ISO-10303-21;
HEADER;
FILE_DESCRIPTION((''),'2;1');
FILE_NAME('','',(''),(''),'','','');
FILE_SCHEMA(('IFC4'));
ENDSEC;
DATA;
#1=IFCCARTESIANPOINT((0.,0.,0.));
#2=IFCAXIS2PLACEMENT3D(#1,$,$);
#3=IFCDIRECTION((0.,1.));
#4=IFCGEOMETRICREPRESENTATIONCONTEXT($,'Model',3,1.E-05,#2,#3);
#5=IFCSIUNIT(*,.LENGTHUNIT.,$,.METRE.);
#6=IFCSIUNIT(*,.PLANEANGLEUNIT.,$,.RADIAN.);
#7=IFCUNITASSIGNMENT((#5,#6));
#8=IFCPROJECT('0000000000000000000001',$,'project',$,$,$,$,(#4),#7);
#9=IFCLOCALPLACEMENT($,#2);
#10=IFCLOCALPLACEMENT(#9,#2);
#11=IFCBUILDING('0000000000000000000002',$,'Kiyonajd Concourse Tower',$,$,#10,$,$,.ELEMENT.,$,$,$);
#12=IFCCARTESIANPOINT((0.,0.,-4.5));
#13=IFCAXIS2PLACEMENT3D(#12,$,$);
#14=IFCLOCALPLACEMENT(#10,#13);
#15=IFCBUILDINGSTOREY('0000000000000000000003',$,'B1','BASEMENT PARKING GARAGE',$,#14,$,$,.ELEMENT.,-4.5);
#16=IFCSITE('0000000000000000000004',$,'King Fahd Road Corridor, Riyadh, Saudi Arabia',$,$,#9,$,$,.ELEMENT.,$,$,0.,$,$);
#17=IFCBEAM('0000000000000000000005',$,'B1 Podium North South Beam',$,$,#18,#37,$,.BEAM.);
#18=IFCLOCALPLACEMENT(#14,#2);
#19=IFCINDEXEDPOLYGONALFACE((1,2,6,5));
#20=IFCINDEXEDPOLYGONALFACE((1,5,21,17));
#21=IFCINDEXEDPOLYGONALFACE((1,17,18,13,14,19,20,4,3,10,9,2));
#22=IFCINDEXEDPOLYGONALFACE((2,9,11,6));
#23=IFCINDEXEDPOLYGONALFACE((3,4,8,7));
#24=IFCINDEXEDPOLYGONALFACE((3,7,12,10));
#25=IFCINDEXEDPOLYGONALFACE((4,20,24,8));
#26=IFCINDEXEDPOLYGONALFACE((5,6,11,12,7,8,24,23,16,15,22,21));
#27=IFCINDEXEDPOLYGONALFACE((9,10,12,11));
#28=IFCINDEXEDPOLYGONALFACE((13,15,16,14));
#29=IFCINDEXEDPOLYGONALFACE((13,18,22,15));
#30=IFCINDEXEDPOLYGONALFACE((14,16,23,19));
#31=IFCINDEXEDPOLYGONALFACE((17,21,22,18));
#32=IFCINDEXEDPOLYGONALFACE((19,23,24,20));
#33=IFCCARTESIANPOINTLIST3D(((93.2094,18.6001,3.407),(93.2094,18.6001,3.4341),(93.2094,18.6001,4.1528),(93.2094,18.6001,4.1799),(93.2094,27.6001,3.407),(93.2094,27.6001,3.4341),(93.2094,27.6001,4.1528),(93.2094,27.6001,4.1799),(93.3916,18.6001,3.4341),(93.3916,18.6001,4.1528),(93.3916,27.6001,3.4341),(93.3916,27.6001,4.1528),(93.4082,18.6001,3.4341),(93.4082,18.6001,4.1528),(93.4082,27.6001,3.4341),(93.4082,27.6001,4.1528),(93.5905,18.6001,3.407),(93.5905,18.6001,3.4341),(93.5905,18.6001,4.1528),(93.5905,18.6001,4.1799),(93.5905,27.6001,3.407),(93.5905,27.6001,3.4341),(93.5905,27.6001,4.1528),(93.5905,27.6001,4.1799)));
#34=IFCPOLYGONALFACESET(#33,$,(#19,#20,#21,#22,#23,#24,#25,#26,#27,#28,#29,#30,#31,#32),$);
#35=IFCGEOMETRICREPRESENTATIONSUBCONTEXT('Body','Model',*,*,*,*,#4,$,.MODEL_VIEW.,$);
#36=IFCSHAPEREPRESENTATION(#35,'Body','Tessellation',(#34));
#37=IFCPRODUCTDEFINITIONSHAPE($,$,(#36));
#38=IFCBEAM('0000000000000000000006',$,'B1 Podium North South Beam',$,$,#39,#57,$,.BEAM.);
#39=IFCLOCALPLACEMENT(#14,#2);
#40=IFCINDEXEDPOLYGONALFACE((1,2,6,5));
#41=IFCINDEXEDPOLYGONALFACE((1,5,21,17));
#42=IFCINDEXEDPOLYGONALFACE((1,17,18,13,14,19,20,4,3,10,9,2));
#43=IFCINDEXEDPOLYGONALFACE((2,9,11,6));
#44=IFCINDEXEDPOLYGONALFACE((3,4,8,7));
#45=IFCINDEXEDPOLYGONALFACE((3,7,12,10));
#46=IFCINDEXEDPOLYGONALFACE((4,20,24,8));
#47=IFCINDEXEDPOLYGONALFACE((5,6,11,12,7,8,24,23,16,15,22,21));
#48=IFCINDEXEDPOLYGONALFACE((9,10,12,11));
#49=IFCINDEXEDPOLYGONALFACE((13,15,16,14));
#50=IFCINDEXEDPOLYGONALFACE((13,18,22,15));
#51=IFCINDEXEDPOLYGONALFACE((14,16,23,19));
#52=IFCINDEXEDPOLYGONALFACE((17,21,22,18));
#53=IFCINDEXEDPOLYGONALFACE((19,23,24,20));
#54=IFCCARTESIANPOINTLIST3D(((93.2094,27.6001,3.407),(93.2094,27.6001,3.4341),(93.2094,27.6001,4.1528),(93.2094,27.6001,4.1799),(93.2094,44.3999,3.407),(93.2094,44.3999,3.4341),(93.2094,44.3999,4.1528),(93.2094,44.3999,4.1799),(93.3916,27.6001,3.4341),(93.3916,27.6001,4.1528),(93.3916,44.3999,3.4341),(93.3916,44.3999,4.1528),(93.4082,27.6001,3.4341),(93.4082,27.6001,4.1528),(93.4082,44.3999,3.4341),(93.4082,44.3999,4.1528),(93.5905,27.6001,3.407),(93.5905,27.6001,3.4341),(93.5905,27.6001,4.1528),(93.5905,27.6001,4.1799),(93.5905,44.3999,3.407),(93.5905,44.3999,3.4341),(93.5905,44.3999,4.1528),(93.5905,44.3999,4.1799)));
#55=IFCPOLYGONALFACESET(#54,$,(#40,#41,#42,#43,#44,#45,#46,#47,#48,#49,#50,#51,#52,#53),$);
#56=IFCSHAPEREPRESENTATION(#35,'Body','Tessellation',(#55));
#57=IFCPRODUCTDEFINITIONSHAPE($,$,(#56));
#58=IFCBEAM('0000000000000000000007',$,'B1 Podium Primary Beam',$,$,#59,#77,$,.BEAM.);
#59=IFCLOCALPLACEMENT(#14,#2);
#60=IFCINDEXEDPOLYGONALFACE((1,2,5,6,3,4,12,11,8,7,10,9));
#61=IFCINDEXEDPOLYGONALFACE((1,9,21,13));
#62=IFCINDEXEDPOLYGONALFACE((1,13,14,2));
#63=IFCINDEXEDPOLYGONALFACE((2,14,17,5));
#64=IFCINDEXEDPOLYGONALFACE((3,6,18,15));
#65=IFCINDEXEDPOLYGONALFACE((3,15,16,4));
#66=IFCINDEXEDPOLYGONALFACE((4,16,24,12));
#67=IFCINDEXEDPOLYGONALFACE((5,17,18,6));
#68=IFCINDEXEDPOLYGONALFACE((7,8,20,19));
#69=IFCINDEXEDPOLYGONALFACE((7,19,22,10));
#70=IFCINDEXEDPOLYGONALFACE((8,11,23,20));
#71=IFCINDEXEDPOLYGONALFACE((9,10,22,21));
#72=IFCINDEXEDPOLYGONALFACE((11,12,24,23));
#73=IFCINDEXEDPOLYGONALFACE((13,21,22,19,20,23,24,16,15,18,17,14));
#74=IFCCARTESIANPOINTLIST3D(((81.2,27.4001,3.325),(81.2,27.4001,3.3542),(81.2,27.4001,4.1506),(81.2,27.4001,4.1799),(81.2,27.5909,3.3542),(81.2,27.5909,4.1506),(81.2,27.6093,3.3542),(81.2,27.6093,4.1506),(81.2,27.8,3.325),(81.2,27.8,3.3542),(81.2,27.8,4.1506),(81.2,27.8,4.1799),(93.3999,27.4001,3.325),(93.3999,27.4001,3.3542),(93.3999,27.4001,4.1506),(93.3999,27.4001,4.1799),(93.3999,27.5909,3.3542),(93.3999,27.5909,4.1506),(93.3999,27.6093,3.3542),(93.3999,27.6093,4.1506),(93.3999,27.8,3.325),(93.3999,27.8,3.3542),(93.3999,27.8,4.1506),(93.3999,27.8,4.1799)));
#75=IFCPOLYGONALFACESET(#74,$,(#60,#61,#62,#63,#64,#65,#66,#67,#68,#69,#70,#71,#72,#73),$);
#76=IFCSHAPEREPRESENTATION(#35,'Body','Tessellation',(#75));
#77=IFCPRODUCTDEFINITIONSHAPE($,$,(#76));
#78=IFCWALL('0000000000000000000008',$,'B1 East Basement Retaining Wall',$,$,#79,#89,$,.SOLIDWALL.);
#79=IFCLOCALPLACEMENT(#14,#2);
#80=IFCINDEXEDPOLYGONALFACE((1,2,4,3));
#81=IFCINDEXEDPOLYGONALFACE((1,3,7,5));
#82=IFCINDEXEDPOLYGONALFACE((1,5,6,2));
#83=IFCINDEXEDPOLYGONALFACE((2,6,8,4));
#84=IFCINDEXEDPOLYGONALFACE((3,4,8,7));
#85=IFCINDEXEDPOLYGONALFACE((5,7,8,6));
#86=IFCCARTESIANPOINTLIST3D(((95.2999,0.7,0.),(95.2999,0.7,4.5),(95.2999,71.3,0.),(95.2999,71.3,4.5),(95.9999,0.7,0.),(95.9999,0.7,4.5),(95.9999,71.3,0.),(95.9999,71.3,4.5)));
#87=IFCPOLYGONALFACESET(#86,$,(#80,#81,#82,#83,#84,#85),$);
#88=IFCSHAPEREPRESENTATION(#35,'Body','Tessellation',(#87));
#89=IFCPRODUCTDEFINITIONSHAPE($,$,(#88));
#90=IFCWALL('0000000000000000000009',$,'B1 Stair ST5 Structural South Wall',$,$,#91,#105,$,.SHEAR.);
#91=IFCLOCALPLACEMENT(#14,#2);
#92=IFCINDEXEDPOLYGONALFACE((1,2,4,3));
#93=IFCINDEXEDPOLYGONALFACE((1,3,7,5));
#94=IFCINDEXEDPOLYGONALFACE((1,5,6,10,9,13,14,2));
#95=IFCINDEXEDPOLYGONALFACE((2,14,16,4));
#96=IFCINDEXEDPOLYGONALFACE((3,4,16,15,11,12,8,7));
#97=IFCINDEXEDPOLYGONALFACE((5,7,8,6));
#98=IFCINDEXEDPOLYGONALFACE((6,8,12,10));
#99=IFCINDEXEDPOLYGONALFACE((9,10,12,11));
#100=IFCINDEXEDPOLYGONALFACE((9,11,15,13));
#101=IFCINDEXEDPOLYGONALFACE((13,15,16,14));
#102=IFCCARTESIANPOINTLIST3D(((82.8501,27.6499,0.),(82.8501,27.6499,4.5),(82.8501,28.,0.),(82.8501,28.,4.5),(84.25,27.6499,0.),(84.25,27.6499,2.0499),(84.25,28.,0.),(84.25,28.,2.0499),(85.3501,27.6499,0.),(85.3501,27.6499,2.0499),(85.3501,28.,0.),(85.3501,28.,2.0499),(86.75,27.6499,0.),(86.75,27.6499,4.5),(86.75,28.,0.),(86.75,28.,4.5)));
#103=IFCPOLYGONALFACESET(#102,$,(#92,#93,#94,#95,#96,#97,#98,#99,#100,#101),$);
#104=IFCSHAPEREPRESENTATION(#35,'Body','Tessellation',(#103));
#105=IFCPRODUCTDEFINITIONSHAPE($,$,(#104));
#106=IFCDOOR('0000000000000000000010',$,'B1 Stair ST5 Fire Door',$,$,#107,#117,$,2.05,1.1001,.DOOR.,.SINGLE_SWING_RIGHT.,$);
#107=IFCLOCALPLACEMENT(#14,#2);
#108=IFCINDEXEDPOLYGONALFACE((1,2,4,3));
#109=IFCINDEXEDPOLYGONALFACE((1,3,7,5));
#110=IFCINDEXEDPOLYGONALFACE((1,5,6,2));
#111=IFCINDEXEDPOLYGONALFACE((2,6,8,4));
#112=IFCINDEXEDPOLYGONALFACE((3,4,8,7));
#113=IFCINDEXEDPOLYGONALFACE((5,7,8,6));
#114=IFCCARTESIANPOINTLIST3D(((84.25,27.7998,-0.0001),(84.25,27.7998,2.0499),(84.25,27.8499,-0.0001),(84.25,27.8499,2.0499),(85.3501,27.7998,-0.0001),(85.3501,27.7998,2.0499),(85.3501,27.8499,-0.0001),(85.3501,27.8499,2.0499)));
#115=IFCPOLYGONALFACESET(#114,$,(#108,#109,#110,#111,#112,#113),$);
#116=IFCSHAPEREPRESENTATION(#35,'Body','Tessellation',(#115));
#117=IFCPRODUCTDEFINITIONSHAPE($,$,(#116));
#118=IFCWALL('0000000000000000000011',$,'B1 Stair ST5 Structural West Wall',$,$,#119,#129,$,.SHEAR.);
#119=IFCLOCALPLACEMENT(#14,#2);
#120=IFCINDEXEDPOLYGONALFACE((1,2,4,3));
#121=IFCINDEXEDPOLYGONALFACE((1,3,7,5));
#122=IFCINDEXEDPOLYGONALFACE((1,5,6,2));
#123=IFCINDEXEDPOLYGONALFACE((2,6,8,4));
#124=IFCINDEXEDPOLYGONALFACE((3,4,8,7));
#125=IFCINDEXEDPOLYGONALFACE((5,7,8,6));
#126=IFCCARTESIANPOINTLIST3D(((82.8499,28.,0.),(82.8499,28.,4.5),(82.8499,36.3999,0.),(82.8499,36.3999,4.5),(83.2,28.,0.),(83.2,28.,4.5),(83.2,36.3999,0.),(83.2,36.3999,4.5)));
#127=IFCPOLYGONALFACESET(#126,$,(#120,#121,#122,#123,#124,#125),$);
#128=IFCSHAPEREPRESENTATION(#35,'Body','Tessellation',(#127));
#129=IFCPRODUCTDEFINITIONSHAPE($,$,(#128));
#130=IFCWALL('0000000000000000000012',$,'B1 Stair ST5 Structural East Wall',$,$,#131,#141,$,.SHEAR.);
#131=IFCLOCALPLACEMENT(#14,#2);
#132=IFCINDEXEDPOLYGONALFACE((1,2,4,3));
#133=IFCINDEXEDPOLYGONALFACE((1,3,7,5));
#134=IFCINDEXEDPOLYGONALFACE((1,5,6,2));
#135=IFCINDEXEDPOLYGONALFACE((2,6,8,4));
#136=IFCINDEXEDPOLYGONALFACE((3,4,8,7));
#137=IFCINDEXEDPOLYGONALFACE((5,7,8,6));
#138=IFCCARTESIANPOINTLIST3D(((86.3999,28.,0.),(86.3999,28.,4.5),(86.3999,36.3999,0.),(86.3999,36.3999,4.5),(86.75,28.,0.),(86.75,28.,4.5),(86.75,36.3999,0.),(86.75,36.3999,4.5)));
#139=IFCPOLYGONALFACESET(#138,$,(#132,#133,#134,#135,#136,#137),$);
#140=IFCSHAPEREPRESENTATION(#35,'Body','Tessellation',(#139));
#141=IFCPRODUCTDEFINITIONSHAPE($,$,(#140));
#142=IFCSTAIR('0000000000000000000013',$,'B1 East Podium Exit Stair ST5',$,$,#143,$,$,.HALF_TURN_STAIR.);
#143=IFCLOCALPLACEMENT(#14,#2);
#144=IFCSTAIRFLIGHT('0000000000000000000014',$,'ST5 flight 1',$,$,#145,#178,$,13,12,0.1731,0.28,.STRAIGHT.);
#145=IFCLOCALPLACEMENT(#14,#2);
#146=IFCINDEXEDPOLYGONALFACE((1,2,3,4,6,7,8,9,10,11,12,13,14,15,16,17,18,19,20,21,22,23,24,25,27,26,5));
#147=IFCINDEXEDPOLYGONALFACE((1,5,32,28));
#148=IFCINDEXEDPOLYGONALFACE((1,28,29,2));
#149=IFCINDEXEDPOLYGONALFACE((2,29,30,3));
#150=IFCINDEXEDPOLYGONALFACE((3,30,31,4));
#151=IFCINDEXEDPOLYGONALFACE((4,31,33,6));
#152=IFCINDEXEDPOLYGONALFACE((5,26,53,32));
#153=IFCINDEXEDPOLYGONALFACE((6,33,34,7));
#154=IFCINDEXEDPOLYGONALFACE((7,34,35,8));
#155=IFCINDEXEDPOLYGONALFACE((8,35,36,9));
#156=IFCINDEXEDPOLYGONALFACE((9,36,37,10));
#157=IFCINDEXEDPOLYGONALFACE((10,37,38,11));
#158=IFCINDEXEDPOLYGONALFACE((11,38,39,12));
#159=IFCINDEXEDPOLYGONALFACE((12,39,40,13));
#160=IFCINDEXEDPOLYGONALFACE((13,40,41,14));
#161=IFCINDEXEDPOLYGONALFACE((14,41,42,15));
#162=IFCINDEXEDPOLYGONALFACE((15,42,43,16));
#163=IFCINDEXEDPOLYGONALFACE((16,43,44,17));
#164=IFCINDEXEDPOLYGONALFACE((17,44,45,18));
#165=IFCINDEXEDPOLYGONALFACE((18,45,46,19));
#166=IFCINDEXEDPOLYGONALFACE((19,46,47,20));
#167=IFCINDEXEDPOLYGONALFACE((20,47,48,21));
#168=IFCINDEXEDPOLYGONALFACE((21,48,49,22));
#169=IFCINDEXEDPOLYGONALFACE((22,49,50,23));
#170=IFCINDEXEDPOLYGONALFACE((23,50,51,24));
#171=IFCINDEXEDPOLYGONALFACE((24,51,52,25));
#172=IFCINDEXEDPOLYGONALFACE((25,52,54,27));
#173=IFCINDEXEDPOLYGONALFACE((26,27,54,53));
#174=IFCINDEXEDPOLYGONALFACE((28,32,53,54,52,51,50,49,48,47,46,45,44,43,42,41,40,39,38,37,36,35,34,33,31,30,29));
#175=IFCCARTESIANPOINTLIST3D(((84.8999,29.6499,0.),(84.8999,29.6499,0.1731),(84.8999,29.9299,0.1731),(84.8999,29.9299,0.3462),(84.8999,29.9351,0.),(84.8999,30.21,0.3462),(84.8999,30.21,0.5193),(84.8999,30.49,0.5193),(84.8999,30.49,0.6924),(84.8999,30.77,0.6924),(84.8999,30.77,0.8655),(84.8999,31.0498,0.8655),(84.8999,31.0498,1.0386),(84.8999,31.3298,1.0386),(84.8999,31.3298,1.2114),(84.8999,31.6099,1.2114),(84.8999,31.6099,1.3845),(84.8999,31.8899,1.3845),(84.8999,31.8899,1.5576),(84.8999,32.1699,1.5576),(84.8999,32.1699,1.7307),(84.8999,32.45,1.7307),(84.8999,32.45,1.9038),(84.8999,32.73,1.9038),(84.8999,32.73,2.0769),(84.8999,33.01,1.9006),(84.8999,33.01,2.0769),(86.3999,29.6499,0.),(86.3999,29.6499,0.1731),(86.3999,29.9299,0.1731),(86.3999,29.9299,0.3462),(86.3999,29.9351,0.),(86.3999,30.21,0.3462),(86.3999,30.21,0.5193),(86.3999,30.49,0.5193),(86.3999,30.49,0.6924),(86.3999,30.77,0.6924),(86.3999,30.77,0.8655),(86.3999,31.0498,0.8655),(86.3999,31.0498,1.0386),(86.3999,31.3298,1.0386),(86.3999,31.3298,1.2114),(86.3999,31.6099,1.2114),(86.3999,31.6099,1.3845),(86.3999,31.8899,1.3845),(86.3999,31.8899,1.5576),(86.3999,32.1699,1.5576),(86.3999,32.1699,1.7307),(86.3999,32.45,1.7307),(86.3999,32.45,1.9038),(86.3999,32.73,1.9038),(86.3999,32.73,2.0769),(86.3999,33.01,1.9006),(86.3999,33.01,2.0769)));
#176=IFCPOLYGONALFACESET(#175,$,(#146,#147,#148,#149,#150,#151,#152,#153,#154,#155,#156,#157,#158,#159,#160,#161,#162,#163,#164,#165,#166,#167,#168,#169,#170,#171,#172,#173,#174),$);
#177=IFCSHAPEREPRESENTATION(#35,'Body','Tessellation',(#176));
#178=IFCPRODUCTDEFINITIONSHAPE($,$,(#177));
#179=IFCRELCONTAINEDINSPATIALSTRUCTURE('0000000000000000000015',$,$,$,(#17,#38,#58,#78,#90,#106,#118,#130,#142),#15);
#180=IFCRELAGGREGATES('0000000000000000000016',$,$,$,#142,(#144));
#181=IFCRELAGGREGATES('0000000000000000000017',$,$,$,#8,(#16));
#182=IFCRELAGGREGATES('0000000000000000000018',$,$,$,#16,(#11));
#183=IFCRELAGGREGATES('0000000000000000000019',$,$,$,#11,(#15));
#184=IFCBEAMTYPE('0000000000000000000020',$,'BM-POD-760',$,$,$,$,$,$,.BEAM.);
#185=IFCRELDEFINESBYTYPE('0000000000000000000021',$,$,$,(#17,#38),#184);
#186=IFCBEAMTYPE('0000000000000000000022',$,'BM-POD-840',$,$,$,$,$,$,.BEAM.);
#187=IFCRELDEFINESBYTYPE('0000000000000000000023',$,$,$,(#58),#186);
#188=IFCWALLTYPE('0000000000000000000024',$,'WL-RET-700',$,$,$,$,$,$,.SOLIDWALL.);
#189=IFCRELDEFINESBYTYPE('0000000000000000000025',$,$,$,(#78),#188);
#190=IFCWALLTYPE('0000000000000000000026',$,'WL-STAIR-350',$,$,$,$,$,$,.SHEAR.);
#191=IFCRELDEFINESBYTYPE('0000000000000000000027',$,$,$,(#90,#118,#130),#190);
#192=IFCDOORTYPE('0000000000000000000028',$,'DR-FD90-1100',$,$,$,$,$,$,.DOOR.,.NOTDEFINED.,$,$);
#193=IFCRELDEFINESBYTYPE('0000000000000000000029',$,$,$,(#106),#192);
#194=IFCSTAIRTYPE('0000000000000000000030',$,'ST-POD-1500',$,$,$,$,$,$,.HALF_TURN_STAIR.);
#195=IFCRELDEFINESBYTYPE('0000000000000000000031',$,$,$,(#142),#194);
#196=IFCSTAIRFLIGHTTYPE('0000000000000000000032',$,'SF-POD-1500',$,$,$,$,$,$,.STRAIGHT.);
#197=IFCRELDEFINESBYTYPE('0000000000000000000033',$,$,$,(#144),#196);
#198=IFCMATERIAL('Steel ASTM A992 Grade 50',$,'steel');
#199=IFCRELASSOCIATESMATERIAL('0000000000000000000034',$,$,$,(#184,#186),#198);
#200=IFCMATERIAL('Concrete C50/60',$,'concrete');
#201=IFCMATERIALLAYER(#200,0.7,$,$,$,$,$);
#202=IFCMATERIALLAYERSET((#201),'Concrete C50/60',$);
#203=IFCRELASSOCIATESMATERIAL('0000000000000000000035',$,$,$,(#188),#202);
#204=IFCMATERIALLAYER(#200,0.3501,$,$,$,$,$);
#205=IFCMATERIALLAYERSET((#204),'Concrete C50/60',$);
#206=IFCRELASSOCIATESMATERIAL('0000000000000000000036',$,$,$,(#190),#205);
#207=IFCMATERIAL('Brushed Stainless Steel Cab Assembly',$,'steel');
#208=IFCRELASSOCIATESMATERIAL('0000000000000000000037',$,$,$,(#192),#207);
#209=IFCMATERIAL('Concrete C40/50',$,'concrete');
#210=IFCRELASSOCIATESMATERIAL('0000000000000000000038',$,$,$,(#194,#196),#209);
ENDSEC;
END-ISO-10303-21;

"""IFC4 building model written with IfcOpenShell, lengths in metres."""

from ifc_helpers import new_model, si_unit, direction, frame, frame_2d, origin, origin_2d, place, context, subcontext, project, spatial, polyline, rectangle, i_section, outline, extrude, material, layer, layer_set, material_profile, profile_set, type_object, element, fill, aggregate, save


model = new_model("IFC4")

# Units and contexts
model_context = context("Model", 3, precision=1e-05, world=origin(), true_north=direction((0.0, 1.0)))
body_context = subcontext(model_context, "Body", "Model", "MODEL_VIEW")
ifc_project = project(units=[si_unit("LENGTHUNIT", "METRE"), si_unit("PLANEANGLEUNIT", "RADIAN")], contexts=[model_context])

# Site, building, storey
site_placement = place(None, origin())
site = spatial("IfcSite", under=ifc_project, at=site_placement, Name="King Fahd Road Corridor, Riyadh, Saudi Arabia", CompositionType="ELEMENT", RefElevation=0.0)
building_placement = place(site_placement, origin())
building = spatial("IfcBuilding", under=site, at=building_placement, Name="Kiyonajd Concourse Tower", CompositionType="ELEMENT")
storey_placement = place(building_placement, frame((0.0, 0.0, -4.5)))
storey = spatial("IfcBuildingStorey", under=building, at=storey_placement, Name="B1", Description="BASEMENT PARKING GARAGE", CompositionType="ELEMENT", Elevation=-4.5)

# Beams
ifc_material_1 = material(Name="Concrete C50/60", Category="concrete")
ifc_material_2 = material(Name="Steel ASTM A992 Grade 50", Category="steel")
ifc_material_profile_1 = material_profile(ifc_material_2, i_section(OverallWidth=0.3811, OverallDepth=0.7729, WebThickness=0.0166, FlangeThickness=0.0271, at=origin_2d()), Name="W760X257")
ifc_profile_set_1 = profile_set([ifc_material_profile_1], Name="Steel ASTM A992 Grade 50")
beam_type_1 = type_object("IfcBeamType", Name="BM-POD-760", PredefinedType="BEAM", material=ifc_profile_set_1)
for number, where, z_axis, x_axis, name in (
    (1, (93.3999, 18.6001, 3.7935), (0.0, 1.0, 0.0), (-1.0, 0.0, 0.0), "B1 Podium North South Beam"),
):
    element("IfcBeam", number, at=place(storey_placement, frame(where, z_axis=z_axis, x_axis=x_axis)), inside=storey, type_object=beam_type_1, Name=name, PredefinedType="BEAM", context=body_context, shape_type="SweptSolid", body=[
        extrude(i_section(OverallWidth=0.3811, OverallDepth=0.7729, WebThickness=0.0166, FlangeThickness=0.0271, at=origin_2d()), origin(), (0.0, 0.0, 1.0), 9.0),
    ])
beam_1_placement = place(storey_placement, frame((93.3999, 27.6001, 3.7935), z_axis=(0.0, 1.0, 0.0), x_axis=(-1.0, 0.0, 0.0)))
element("IfcBeam", 2, at=beam_1_placement, inside=storey, type_object=beam_type_1, Name="B1 Podium North South Beam", PredefinedType="BEAM", context=body_context, shape_type="SweptSolid", body=[
    extrude(i_section(OverallWidth=0.3811, OverallDepth=0.7729, WebThickness=0.0166, FlangeThickness=0.0271, at=origin_2d()), origin(), (0.0, 0.0, 1.0), 16.7998),
])
ifc_material_profile_2 = material_profile(ifc_material_2, i_section(OverallWidth=0.3999, OverallDepth=0.855, WebThickness=0.0183, FlangeThickness=0.0293, at=origin_2d()), Name="W840X299")
ifc_profile_set_2 = profile_set([ifc_material_profile_2], Name="Steel ASTM A992 Grade 50")
beam_type_2 = type_object("IfcBeamType", Name="BM-POD-840", PredefinedType="BEAM", material=ifc_profile_set_2)
beam_2_placement = place(storey_placement, frame((81.2, 27.6001, 3.7524), z_axis=(1.0, 0.0, 0.0), x_axis=(0.0, 1.0, 0.0)))
element("IfcBeam", 3, at=beam_2_placement, inside=storey, type_object=beam_type_2, Name="B1 Podium Primary Beam", PredefinedType="BEAM", context=body_context, shape_type="SweptSolid", body=[
    extrude(i_section(OverallWidth=0.3999, OverallDepth=0.855, WebThickness=0.0183, FlangeThickness=0.0293, at=origin_2d()), origin(), (0.0, 0.0, 1.0), 12.2),
])

# Wall
ifc_layer_1 = layer(ifc_material_1, 0.7)
ifc_layer_set_1 = layer_set([ifc_layer_1], Name="Concrete C50/60")
wall_type_1 = type_object("IfcWallType", Name="WL-RET-700", PredefinedType="SOLIDWALL", material=ifc_layer_set_1)
wall_1_placement = place(storey_placement, frame((95.6499, 0.7, 0.0), z_axis=(0.0, 0.0, 1.0), x_axis=(0.0, 1.0, 0.0)))
element("IfcWall", 4, at=wall_1_placement, inside=storey, type_object=wall_type_1, Name="B1 East Basement Retaining Wall", PredefinedType="SOLIDWALL", context=body_context, shape_type="SweptSolid", body=[
    extrude(rectangle(XDim=70.6001, YDim=0.7, at=frame_2d((35.3, 0.0))), origin(), (0.0, 0.0, 1.0), 4.5),
])

# Wall, opening, door
ifc_layer_2 = layer(ifc_material_1, 0.3501)
ifc_layer_set_2 = layer_set([ifc_layer_2], Name="Concrete C50/60")
wall_type_2 = type_object("IfcWallType", Name="WL-STAIR-350", PredefinedType="SHEAR", material=ifc_layer_set_2)
wall_2_placement = place(storey_placement, frame((82.8501, 27.825, 0.0), z_axis=(0.0, 0.0, 1.0), x_axis=(1.0, 0.0, 0.0)))
wall_2 = element("IfcWall", 5, at=wall_2_placement, inside=storey, type_object=wall_type_2, Name="B1 Stair ST5 Structural South Wall", PredefinedType="SHEAR", context=body_context, shape_type="SweptSolid", body=[
    extrude(rectangle(XDim=3.8999, YDim=0.3501, at=frame_2d((1.95, 0.0))), origin(), (0.0, 0.0, 1.0), 4.5),
])
opening_placement = place(wall_2_placement, frame((1.3999, 0.0, 0.0)))
opening = element("IfcOpeningElement", 6, at=opening_placement, cuts=wall_2, PredefinedType="OPENING", context=body_context, shape_type="SweptSolid", body=[
    extrude(rectangle(XDim=1.1001, YDim=2.05, at=frame_2d((0.55, 1.0249))), frame((0.0, 0.1851, 0.0), z_axis=(0.0, -1.0, 0.0), x_axis=(1.0, 0.0, 0.0)), (0.0, 0.0, 1.0), 0.3701),
])
ifc_material_3 = material(Name="Brushed Stainless Steel Cab Assembly", Category="steel")
door_type = type_object("IfcDoorType", Name="DR-FD90-1100", OperationType="NOTDEFINED", PredefinedType="DOOR", material=ifc_material_3)
door_placement = place(opening_placement, origin())
door = element("IfcDoor", 7, at=door_placement, inside=storey, type_object=door_type, Name="B1 Stair ST5 Fire Door", OperationType="SINGLE_SWING_RIGHT", OverallHeight=2.05, OverallWidth=1.1001, PredefinedType="DOOR", context=body_context, shape_type="SweptSolid", body=[
    extrude(rectangle(XDim=1.1001, YDim=2.05, at=frame_2d((0.55, 1.0249))), frame((0.0, 0.0249, 0.0), z_axis=(0.0, -1.0, 0.0), x_axis=(1.0, 0.0, 0.0)), (0.0, 0.0, 1.0), 0.05),
])
fill(opening, door)

# Walls
for number, where, z_axis, x_axis, name in (
    (8, (83.0249, 28.0, 0.0), (0.0, 0.0, 1.0), (0.0, 1.0, 0.0), "B1 Stair ST5 Structural West Wall"),
    (9, (86.575, 28.0, 0.0), (0.0, 0.0, 1.0), (0.0, 1.0, 0.0), "B1 Stair ST5 Structural East Wall"),
):
    element("IfcWall", number, at=place(storey_placement, frame(where, z_axis=z_axis, x_axis=x_axis)), inside=storey, type_object=wall_type_2, Name=name, PredefinedType="SHEAR", context=body_context, shape_type="SweptSolid", body=[
        extrude(rectangle(XDim=8.3999, YDim=0.3501, at=frame_2d((4.2, 0.0))), origin(), (0.0, 0.0, 1.0), 4.5),
    ])

# Stair, stair flight
ifc_material_4 = material(Name="Concrete C40/50", Category="concrete")
stair_type = type_object("IfcStairType", Name="ST-POD-1500", PredefinedType="HALF_TURN_STAIR", material=ifc_material_4)
stair_placement = place(storey_placement, origin())
stair = element("IfcStair", 10, at=stair_placement, inside=storey, type_object=stair_type, Name="B1 East Podium Exit Stair ST5", PredefinedType="HALF_TURN_STAIR")
stair_flight_type = type_object("IfcStairFlightType", Name="SF-POD-1500", PredefinedType="STRAIGHT", material=ifc_material_4)
stair_flight_placement = place(storey_placement, frame((85.6499, 29.6499, 0.0), z_axis=(0.0, 0.0, 1.0), x_axis=(0.0, 1.0, 0.0)))
stair_flight = element("IfcStairFlight", 11, at=stair_flight_placement, type_object=stair_flight_type, Name="ST5 flight 1", NumberOfRisers=13, NumberOfTreads=12, PredefinedType="STRAIGHT", RiserHeight=0.1731, TreadLength=0.28, context=body_context, shape_type="SweptSolid", body=[
    extrude(outline(polyline([(0.0, 0.0), (0.0, 0.1731), (0.28, 0.1731), (0.28, 0.3462), (0.5601, 0.3462), (0.5601, 0.5193), (0.8401, 0.5193), (0.8401, 0.6924), (1.1201, 0.6924), (1.1201, 0.8655), (1.3999, 0.8655), (1.3999, 1.0386), (1.6799, 1.0386), (1.6799, 1.2114), (1.96, 1.2114), (1.96, 1.3845), (2.24, 1.3845), (2.24, 1.5576), (2.52, 1.5576), (2.52, 1.7307), (2.8, 1.7307), (2.8, 1.9038), (3.0801, 1.9038), (3.0801, 2.0769), (3.3601, 2.0769), (3.3601, 2.25), (3.3601, 1.9006), (0.2852, 0.0), (0.0, 0.0)])), frame((0.0, 0.75, 0.0), z_axis=(0.0, -1.0, 0.0), x_axis=(1.0, 0.0, 0.0)), (0.0, 0.0, 1.0), 1.5),
])
aggregate(stair, [stair_flight])

save(model, "model.ifc")
